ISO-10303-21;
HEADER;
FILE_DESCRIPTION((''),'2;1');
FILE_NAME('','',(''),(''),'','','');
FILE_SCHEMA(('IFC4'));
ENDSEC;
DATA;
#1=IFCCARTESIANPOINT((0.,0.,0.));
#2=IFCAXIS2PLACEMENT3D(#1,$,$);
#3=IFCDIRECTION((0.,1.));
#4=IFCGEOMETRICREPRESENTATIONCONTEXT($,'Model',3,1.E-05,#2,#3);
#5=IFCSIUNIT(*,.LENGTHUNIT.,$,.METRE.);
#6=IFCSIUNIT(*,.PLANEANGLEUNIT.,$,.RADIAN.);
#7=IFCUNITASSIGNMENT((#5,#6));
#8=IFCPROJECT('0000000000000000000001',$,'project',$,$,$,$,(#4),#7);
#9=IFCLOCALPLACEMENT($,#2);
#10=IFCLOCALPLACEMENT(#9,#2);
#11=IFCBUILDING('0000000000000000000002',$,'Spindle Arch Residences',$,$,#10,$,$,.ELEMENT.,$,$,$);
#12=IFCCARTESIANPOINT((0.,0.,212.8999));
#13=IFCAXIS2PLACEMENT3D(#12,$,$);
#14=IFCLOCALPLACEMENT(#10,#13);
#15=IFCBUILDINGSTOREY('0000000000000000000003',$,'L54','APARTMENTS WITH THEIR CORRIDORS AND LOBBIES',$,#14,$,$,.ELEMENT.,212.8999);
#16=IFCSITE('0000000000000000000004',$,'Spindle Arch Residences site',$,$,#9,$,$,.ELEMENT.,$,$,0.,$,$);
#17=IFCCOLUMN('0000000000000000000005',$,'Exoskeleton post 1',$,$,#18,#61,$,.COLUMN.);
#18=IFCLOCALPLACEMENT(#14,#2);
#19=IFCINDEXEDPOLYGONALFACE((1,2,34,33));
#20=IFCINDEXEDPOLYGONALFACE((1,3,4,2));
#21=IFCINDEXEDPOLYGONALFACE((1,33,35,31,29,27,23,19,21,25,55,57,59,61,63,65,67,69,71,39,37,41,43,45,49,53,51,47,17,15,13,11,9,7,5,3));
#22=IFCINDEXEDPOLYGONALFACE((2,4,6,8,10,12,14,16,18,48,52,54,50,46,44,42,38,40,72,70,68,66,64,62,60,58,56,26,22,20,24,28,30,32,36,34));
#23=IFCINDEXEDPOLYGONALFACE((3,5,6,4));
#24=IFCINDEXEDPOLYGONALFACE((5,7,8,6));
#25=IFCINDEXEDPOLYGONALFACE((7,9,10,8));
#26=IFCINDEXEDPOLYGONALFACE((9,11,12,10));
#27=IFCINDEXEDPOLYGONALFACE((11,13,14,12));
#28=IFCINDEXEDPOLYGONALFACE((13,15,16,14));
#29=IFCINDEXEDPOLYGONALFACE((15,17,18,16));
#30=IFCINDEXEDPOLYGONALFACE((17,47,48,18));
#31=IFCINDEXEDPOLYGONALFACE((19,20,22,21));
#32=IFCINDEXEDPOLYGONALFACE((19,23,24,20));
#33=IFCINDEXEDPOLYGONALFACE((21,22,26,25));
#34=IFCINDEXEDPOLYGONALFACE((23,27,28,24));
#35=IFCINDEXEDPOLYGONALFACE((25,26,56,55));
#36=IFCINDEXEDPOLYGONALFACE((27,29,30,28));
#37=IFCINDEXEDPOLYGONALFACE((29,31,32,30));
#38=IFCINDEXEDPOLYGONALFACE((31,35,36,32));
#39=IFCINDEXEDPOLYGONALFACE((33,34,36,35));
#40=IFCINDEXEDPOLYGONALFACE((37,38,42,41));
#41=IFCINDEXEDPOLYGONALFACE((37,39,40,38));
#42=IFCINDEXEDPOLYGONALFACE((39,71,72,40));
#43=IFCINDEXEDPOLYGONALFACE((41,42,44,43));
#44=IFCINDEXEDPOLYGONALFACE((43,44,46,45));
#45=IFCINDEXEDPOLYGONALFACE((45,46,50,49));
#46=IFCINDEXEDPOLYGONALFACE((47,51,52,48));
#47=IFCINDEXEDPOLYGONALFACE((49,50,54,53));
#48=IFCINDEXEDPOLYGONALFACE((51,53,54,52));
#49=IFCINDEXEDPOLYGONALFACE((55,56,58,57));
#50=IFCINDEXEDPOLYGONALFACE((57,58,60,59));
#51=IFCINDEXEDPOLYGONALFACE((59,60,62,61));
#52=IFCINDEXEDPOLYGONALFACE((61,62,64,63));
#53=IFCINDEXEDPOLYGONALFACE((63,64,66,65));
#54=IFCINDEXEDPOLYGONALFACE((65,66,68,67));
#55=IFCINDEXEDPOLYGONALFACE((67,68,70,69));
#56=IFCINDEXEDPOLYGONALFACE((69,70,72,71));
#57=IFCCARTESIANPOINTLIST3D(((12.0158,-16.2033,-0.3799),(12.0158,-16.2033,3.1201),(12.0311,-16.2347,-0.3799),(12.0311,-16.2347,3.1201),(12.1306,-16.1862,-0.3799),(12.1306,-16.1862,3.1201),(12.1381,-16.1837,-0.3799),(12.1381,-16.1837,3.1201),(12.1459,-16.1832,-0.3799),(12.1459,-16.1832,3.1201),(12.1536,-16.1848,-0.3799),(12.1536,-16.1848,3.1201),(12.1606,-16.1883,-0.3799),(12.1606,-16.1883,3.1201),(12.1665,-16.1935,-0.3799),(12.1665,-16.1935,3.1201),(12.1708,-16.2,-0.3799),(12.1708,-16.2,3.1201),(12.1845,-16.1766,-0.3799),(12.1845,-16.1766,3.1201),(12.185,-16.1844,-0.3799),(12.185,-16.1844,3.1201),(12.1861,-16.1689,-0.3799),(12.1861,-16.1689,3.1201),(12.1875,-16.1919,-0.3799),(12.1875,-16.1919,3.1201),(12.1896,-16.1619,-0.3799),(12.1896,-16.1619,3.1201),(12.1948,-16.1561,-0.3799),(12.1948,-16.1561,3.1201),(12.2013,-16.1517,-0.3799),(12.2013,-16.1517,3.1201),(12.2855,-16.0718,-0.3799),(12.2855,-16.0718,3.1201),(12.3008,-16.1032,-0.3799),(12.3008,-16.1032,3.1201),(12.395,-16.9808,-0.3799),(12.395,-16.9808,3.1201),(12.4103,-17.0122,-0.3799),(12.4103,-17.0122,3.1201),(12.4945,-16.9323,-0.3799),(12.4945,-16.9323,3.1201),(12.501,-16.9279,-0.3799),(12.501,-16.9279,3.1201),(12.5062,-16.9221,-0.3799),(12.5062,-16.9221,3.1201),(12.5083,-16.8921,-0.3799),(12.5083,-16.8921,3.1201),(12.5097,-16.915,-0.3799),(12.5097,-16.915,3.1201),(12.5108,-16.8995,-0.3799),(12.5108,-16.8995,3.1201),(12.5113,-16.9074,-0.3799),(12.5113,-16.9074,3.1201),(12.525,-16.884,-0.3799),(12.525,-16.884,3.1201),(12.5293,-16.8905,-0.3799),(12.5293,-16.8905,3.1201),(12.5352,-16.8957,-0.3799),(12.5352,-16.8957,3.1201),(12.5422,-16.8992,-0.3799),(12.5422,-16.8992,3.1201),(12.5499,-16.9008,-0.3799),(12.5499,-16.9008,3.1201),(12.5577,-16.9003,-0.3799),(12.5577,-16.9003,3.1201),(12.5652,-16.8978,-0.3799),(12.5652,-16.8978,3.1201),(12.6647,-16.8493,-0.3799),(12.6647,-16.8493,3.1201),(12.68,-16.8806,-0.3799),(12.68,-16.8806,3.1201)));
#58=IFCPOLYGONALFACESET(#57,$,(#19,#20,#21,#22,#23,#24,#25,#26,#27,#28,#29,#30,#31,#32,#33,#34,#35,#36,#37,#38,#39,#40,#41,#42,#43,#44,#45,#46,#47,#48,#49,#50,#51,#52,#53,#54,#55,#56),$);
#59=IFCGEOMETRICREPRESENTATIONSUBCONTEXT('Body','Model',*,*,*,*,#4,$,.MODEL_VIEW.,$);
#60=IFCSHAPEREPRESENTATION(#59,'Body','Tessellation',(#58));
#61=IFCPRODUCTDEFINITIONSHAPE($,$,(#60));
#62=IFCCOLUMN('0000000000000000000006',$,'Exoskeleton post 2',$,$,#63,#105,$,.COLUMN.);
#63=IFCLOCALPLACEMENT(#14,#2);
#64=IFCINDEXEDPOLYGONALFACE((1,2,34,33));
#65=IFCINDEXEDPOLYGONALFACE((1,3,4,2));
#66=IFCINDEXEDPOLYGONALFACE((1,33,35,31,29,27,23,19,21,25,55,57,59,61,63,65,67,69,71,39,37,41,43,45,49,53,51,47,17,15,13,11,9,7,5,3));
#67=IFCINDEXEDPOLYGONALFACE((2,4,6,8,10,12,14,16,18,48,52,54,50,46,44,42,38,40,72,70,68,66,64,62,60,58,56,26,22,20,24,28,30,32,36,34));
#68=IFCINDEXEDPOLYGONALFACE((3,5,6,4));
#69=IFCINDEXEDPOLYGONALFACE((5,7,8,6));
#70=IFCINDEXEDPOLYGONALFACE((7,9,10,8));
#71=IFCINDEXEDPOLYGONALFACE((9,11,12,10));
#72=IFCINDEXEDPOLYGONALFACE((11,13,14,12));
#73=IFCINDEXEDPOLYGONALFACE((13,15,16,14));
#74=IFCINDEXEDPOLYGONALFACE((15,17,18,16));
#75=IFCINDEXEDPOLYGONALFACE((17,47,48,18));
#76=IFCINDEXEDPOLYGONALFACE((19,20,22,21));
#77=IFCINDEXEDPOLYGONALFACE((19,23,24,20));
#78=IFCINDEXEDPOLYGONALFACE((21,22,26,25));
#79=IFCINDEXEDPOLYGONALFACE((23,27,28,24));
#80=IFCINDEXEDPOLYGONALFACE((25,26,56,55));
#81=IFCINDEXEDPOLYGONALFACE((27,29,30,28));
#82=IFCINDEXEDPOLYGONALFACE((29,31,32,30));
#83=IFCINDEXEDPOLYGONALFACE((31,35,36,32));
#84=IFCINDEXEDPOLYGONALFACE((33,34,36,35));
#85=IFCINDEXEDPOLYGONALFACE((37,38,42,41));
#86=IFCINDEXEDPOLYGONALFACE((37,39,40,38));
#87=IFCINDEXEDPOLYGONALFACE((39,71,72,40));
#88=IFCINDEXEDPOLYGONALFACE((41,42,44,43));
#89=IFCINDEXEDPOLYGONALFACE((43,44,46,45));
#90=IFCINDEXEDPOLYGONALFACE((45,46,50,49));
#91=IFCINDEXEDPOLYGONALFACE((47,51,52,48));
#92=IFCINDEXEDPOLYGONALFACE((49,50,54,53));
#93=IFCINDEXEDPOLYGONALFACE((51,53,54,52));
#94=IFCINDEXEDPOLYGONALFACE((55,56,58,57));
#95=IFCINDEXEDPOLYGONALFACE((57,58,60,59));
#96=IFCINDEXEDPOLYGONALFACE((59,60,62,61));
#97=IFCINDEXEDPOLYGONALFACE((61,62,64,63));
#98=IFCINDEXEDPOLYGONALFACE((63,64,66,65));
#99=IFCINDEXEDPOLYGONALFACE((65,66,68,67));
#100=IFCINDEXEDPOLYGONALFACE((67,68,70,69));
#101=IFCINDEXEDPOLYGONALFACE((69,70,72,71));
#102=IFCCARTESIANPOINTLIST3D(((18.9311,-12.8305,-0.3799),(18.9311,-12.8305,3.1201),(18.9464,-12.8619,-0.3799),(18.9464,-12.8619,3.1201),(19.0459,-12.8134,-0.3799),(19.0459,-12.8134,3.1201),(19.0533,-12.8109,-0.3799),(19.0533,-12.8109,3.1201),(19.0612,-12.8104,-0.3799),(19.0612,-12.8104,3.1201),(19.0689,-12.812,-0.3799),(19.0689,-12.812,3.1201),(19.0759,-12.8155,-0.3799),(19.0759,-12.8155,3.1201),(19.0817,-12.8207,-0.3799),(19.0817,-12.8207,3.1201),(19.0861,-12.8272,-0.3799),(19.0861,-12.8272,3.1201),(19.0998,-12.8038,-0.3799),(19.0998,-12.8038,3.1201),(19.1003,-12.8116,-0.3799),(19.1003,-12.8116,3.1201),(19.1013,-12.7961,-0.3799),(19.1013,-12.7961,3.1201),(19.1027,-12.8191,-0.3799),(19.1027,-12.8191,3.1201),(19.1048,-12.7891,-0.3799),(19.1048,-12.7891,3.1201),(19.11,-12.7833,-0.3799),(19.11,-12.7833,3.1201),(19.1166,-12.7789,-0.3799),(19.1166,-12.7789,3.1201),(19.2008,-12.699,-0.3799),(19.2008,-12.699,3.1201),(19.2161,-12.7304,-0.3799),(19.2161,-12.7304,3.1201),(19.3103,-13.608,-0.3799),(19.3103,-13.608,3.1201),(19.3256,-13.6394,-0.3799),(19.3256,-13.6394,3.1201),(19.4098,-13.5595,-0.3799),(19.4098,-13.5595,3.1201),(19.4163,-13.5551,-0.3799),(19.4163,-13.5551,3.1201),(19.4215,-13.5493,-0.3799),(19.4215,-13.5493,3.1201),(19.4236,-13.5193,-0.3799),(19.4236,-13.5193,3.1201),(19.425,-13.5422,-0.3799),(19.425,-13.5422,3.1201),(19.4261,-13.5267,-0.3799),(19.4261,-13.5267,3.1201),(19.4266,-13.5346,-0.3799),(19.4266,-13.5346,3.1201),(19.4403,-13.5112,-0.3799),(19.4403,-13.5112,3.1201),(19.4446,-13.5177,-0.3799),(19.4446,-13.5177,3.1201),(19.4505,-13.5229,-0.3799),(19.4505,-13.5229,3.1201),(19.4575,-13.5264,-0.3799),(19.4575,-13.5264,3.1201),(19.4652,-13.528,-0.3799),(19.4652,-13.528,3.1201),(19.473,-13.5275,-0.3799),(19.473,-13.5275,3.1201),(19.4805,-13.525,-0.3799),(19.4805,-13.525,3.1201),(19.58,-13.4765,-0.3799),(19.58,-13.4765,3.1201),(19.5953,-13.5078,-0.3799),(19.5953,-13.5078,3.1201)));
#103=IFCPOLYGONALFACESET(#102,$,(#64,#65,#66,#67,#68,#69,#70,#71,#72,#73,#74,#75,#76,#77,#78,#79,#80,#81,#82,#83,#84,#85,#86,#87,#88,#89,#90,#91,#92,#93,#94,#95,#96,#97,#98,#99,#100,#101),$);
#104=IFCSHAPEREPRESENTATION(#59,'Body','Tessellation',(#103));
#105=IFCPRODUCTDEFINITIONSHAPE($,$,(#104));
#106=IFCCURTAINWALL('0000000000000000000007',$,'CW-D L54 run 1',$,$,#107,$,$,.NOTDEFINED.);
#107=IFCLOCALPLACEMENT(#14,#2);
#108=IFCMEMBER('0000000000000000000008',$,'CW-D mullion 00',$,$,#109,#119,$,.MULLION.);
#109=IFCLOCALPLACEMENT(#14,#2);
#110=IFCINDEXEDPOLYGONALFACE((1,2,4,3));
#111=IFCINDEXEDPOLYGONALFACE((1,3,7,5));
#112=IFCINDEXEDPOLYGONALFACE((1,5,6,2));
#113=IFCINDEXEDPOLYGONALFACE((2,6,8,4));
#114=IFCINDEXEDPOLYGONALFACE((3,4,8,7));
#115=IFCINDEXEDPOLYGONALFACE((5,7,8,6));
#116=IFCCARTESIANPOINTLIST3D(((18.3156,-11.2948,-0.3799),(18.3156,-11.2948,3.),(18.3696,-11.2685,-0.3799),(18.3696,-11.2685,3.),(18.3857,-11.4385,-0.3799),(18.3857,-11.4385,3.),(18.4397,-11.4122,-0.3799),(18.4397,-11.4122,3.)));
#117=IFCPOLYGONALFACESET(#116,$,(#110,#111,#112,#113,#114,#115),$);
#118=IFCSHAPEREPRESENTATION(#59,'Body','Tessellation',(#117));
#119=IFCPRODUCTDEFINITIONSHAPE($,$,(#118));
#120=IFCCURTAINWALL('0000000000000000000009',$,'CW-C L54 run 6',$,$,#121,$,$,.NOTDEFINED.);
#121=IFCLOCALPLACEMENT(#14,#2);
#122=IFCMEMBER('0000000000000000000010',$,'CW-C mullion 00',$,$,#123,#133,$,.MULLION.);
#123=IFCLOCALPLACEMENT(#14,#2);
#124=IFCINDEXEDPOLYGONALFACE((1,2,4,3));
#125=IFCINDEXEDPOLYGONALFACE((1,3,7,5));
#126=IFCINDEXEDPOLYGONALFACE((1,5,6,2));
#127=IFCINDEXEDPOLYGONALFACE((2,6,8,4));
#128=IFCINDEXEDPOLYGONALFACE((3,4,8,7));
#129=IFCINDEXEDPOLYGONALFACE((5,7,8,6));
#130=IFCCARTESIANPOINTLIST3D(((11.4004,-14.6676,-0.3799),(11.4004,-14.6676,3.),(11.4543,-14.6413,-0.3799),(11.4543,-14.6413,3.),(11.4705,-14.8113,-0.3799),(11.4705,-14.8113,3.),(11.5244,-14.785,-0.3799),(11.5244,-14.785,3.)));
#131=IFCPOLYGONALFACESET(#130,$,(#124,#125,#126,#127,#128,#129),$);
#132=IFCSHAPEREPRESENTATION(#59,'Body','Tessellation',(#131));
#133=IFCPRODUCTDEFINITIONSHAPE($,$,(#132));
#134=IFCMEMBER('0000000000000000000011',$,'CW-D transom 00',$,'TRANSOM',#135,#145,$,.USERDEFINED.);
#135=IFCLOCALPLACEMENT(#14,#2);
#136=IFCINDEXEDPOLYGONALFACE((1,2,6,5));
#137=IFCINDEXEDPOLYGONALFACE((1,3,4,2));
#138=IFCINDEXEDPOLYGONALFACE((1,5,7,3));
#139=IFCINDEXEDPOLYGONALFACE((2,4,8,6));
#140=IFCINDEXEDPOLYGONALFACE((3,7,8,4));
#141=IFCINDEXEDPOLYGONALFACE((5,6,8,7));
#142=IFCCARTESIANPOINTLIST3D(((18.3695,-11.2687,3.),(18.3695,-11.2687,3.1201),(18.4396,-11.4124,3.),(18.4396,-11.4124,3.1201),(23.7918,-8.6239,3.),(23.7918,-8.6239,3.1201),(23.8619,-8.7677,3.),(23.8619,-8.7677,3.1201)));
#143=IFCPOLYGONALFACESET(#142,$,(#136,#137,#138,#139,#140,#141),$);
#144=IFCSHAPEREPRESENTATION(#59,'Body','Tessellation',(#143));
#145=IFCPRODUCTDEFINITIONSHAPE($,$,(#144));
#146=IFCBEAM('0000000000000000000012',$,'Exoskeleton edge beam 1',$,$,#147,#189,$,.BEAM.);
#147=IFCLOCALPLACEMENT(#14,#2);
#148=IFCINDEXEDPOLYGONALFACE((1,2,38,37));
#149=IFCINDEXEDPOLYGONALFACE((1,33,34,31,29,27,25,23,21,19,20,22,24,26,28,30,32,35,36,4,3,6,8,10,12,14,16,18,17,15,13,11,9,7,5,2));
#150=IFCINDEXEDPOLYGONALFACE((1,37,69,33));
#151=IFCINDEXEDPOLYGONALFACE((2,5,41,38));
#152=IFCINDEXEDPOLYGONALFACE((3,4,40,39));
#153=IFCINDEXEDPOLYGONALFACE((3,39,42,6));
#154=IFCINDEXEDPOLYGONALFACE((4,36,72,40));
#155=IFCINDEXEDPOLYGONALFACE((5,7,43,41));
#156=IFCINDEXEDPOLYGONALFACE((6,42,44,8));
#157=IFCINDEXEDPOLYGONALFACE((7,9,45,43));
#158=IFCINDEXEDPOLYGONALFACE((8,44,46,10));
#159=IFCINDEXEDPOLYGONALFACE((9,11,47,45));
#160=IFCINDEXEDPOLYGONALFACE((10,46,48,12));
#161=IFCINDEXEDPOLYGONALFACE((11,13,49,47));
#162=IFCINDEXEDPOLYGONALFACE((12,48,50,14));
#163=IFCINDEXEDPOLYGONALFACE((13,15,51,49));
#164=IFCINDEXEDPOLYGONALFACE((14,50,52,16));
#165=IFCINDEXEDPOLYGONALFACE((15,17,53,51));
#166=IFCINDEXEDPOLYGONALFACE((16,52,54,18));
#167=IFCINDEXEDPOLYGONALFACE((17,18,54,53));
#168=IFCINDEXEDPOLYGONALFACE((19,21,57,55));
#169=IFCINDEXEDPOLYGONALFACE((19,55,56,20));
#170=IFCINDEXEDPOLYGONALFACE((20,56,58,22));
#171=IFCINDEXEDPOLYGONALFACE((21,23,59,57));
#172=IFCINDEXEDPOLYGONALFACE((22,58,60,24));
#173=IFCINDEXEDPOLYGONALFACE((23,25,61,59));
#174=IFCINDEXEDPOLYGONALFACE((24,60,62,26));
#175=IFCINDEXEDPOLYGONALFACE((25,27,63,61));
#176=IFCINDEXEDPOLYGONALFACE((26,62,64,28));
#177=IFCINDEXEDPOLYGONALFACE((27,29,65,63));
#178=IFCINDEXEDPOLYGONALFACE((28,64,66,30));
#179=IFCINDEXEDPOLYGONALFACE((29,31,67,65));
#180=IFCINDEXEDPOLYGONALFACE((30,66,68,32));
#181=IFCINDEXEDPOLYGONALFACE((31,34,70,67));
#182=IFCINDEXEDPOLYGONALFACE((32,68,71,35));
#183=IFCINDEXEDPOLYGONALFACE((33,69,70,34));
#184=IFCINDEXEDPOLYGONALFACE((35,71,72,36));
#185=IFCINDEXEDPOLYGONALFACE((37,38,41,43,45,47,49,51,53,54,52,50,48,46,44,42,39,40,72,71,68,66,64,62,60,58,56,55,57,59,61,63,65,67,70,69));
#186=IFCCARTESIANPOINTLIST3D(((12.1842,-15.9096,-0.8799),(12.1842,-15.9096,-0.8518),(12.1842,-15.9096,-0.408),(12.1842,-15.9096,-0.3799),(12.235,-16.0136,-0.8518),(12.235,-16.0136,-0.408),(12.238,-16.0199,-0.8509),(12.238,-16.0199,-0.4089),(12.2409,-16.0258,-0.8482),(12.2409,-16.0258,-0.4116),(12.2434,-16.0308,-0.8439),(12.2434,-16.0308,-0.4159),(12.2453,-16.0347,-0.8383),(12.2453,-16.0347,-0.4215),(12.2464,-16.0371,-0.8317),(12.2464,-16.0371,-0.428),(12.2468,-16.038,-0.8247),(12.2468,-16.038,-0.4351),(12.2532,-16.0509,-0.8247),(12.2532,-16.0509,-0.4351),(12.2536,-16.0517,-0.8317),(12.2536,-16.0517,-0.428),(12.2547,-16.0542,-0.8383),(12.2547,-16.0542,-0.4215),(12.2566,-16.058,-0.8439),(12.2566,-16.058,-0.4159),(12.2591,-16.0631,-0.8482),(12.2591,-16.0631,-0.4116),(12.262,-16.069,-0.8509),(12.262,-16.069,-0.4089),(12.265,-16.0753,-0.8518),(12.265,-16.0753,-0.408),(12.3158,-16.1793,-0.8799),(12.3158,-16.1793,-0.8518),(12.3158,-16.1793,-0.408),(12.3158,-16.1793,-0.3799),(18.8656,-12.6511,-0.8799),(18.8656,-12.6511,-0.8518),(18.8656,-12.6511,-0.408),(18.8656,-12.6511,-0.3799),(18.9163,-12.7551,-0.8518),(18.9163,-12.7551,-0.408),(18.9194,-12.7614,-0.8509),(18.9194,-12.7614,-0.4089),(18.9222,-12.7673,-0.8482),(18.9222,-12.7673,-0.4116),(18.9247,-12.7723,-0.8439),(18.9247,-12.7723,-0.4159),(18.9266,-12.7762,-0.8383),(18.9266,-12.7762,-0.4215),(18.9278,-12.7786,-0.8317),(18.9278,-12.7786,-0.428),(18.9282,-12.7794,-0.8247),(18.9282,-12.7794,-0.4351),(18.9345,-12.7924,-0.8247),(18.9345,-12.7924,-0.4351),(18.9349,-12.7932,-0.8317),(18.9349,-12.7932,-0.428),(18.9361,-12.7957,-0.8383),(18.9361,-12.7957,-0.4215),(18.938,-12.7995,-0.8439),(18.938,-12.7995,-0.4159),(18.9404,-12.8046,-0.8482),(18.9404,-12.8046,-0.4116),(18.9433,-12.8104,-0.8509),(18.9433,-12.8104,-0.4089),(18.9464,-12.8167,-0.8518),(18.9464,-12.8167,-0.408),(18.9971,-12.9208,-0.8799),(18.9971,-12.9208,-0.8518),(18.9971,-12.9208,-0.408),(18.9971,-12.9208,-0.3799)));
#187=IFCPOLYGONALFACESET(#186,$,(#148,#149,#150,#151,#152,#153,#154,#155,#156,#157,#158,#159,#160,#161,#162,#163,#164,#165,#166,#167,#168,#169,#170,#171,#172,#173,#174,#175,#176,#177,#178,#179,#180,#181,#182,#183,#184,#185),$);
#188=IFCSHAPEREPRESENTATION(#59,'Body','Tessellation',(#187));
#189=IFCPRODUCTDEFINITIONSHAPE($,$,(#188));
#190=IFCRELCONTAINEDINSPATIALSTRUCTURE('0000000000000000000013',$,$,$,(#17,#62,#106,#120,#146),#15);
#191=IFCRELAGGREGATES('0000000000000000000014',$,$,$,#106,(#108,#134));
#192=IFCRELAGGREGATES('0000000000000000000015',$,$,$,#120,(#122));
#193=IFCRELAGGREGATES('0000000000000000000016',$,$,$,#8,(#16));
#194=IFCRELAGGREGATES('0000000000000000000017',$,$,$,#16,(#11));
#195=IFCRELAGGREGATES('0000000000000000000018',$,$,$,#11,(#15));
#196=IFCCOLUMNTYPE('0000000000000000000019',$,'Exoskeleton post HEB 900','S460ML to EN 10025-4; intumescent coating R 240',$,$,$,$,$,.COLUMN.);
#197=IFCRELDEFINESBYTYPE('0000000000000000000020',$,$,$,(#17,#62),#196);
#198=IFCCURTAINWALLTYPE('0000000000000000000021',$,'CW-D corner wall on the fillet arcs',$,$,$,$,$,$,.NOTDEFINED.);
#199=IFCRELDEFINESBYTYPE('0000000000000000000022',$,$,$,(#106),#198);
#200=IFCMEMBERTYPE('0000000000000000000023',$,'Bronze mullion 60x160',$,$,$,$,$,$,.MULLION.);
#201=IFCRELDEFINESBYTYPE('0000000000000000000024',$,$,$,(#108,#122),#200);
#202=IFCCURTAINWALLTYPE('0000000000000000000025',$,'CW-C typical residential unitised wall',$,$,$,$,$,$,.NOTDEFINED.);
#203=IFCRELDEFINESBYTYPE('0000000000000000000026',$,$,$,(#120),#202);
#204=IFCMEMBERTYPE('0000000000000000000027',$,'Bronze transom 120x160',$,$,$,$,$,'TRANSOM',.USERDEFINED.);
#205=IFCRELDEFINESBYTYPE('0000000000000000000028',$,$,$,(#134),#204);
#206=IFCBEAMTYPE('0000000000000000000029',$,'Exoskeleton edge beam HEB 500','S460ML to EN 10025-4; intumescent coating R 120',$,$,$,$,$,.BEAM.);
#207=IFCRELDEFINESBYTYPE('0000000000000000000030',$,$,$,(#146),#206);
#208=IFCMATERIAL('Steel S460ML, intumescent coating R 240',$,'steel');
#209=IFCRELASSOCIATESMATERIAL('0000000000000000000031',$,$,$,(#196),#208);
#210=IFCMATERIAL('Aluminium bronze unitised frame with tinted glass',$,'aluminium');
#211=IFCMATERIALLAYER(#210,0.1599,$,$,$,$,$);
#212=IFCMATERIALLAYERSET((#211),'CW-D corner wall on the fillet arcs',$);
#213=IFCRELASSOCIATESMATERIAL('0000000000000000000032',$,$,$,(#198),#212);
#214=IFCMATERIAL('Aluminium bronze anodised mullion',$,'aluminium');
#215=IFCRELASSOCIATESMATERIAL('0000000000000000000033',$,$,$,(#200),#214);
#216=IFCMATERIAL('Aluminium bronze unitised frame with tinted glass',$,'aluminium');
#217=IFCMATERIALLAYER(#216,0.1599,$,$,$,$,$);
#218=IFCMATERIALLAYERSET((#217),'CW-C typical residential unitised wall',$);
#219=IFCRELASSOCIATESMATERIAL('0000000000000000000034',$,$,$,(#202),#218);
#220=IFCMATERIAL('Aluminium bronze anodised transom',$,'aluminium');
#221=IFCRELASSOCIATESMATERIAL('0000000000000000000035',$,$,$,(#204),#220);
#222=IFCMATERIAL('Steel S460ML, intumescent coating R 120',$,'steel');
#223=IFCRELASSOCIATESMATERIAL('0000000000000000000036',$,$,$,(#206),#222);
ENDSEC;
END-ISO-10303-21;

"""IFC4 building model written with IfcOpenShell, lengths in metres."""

from ifc_helpers import new_model, si_unit, direction, frame, origin, origin_2d, place, context, subcontext, project, spatial, rectangle, i_section, extrude, material, layer, layer_set, material_profile, profile_set, type_object, element, aggregate, save


model = new_model("IFC4")

# Units and contexts
model_context = context("Model", 3, precision=1e-05, world=origin(), true_north=direction((0.0, 1.0)))
body_context = subcontext(model_context, "Body", "Model", "MODEL_VIEW")
ifc_project = project(units=[si_unit("LENGTHUNIT", "METRE"), si_unit("PLANEANGLEUNIT", "RADIAN")], contexts=[model_context])

# Site, building, storey
site_placement = place(None, origin())
site = spatial("IfcSite", under=ifc_project, at=site_placement, Name="Spindle Arch Residences site", CompositionType="ELEMENT", RefElevation=0.0)
building_placement = place(site_placement, origin())
building = spatial("IfcBuilding", under=site, at=building_placement, Name="Spindle Arch Residences", CompositionType="ELEMENT")
storey_placement = place(building_placement, frame((0.0, 0.0, 212.8999)))
storey = spatial("IfcBuildingStorey", under=building, at=storey_placement, Name="L54", Description="APARTMENTS WITH THEIR CORRIDORS AND LOBBIES", CompositionType="ELEMENT", Elevation=212.8999)

# Columns
ifc_material_1 = material(Name="Steel S460ML, intumescent coating R 240", Category="steel")
ifc_material_profile_1 = material_profile(ifc_material_1, i_section(OverallWidth=0.3, OverallDepth=0.8999, WebThickness=0.0186, FlangeThickness=0.0349, FilletRadius=0.03, at=origin_2d()), Name="HEB 900")
ifc_profile_set_1 = profile_set([ifc_material_profile_1], Name="Steel S460ML, intumescent coating R 240")
column_type = type_object("IfcColumnType", Name="Exoskeleton post HEB 900", Description="S460ML to EN 10025-4; intumescent coating R 240", PredefinedType="COLUMN", material=ifc_profile_set_1)
for number, where, z_axis, x_axis, name in (
    (1, (12.3479, -16.542, -0.3799), (0.0, 0.0, 1.0), (-0.898794, -0.438371, 0.0), "Exoskeleton post 1"),
    (2, (19.2632, -13.1692, -0.3799), (0.0, 0.0, 1.0), (-0.898794, -0.438371, 0.0), "Exoskeleton post 2"),
):
    element("IfcColumn", number, at=place(storey_placement, frame(where, z_axis=z_axis, x_axis=x_axis)), inside=storey, type_object=column_type, Name=name, PredefinedType="COLUMN", context=body_context, shape_type="SweptSolid", body=[
        extrude(i_section(OverallWidth=0.3, OverallDepth=0.8999, WebThickness=0.0186, FlangeThickness=0.0349, FilletRadius=0.03, at=origin_2d()), origin(), (0.0, 0.0, 1.0), 3.5),
    ])

# Curtain walls, members
ifc_material_2 = material(Name="Aluminium bronze unitised frame with tinted glass", Category="aluminium")
ifc_layer_1 = layer(ifc_material_2, 0.1599)
ifc_layer_set_1 = layer_set([ifc_layer_1], Name="CW-D corner wall on the fillet arcs")
curtain_wall_type_1 = type_object("IfcCurtainWallType", Name="CW-D corner wall on the fillet arcs", PredefinedType="NOTDEFINED", material=ifc_layer_set_1)
curtain_wall_1_placement = place(storey_placement, origin())
curtain_wall_1 = element("IfcCurtainWall", 3, at=curtain_wall_1_placement, inside=storey, type_object=curtain_wall_type_1, Name="CW-D L54 run 1", PredefinedType="NOTDEFINED")
ifc_material_3 = material(Name="Aluminium bronze anodised mullion", Category="aluminium")
ifc_material_profile_2 = material_profile(ifc_material_3, rectangle(XDim=0.1599, YDim=0.0601, at=origin_2d()), Name="MU 60x160")
ifc_profile_set_2 = profile_set([ifc_material_profile_2], Name="Aluminium bronze anodised mullion")
member_type_1 = type_object("IfcMemberType", Name="Bronze mullion 60x160", PredefinedType="MULLION", material=ifc_profile_set_2)
member_1_placement = place(storey_placement, frame((18.3777, -11.3535, -0.3799), z_axis=(0.0, 0.0, 1.0), x_axis=(-0.438371, 0.898794, 0.0)))
member_1 = element("IfcMember", 4, at=member_1_placement, type_object=member_type_1, Name="CW-D mullion 00", PredefinedType="MULLION", context=body_context, shape_type="SweptSolid", body=[
    extrude(rectangle(XDim=0.1599, YDim=0.0601, at=origin_2d()), origin(), (0.0, 0.0, 1.0), 3.3799),
])
ifc_material_4 = material(Name="Aluminium bronze unitised frame with tinted glass", Category="aluminium")
ifc_layer_2 = layer(ifc_material_4, 0.1599)
ifc_layer_set_2 = layer_set([ifc_layer_2], Name="CW-C typical residential unitised wall")
curtain_wall_type_2 = type_object("IfcCurtainWallType", Name="CW-C typical residential unitised wall", PredefinedType="NOTDEFINED", material=ifc_layer_set_2)
curtain_wall_2_placement = place(storey_placement, origin())
curtain_wall_2 = element("IfcCurtainWall", 5, at=curtain_wall_2_placement, inside=storey, type_object=curtain_wall_type_2, Name="CW-C L54 run 6", PredefinedType="NOTDEFINED")
member_2_placement = place(storey_placement, frame((11.4624, -14.7263, -0.3799), z_axis=(0.0, 0.0, 1.0), x_axis=(-0.438371, 0.898794, 0.0)))
member_2 = element("IfcMember", 6, at=member_2_placement, type_object=member_type_1, Name="CW-C mullion 00", PredefinedType="MULLION", context=body_context, shape_type="SweptSolid", body=[
    extrude(rectangle(XDim=0.1599, YDim=0.0601, at=origin_2d()), origin(), (0.0, 0.0, 1.0), 3.3799),
])

# Member
ifc_material_5 = material(Name="Aluminium bronze anodised transom", Category="aluminium")
ifc_material_profile_3 = material_profile(ifc_material_5, rectangle(XDim=0.1599, YDim=0.1201, at=origin_2d()), Name="TR 120x160")
ifc_profile_set_3 = profile_set([ifc_material_profile_3], Name="Aluminium bronze anodised transom")
member_type_2 = type_object("IfcMemberType", Name="Bronze transom 120x160", ElementType="TRANSOM", PredefinedType="USERDEFINED", material=ifc_profile_set_3)
member_3_placement = place(storey_placement, frame((18.4045, -11.3406, 3.0601), z_axis=(0.898787, 0.438386, 0.0), x_axis=(-0.438386, 0.898787, 0.0)))
member_3 = element("IfcMember", 7, at=member_3_placement, type_object=member_type_2, Name="CW-D transom 00", ObjectType="TRANSOM", PredefinedType="USERDEFINED", context=body_context, shape_type="SweptSolid", body=[
    extrude(rectangle(XDim=0.1599, YDim=0.1201, at=origin_2d()), origin(), (0.0, 0.0, 1.0), 6.033),
])
aggregate(curtain_wall_1, [member_1, member_3])

# Beam
ifc_material_6 = material(Name="Steel S460ML, intumescent coating R 120", Category="steel")
ifc_material_profile_4 = material_profile(ifc_material_6, i_section(OverallWidth=0.3, OverallDepth=0.5, WebThickness=0.0144, FlangeThickness=0.0281, FilletRadius=0.0271, at=origin_2d()), Name="HEB 500")
ifc_profile_set_4 = profile_set([ifc_material_profile_4], Name="Steel S460ML, intumescent coating R 120")
beam_type_1 = type_object("IfcBeamType", Name="Exoskeleton edge beam HEB 500", Description="S460ML to EN 10025-4; intumescent coating R 120", PredefinedType="BEAM", material=ifc_profile_set_4)
beam_1_placement = place(storey_placement, frame((12.25, -16.0444, -0.6299), z_axis=(0.898804, 0.438351, 0.0), x_axis=(-0.438351, 0.898804, 0.0)))
element("IfcBeam", 8, at=beam_1_placement, inside=storey, type_object=beam_type_1, Name="Exoskeleton edge beam 1", PredefinedType="BEAM", context=body_context, shape_type="SweptSolid", body=[
    extrude(i_section(OverallWidth=0.3, OverallDepth=0.5, WebThickness=0.0144, FlangeThickness=0.0281, FilletRadius=0.0271, at=origin_2d()), origin(), (0.0, 0.0, 1.0), 7.4336),
])

aggregate(curtain_wall_2, [member_2])

save(model, "model.ifc")
